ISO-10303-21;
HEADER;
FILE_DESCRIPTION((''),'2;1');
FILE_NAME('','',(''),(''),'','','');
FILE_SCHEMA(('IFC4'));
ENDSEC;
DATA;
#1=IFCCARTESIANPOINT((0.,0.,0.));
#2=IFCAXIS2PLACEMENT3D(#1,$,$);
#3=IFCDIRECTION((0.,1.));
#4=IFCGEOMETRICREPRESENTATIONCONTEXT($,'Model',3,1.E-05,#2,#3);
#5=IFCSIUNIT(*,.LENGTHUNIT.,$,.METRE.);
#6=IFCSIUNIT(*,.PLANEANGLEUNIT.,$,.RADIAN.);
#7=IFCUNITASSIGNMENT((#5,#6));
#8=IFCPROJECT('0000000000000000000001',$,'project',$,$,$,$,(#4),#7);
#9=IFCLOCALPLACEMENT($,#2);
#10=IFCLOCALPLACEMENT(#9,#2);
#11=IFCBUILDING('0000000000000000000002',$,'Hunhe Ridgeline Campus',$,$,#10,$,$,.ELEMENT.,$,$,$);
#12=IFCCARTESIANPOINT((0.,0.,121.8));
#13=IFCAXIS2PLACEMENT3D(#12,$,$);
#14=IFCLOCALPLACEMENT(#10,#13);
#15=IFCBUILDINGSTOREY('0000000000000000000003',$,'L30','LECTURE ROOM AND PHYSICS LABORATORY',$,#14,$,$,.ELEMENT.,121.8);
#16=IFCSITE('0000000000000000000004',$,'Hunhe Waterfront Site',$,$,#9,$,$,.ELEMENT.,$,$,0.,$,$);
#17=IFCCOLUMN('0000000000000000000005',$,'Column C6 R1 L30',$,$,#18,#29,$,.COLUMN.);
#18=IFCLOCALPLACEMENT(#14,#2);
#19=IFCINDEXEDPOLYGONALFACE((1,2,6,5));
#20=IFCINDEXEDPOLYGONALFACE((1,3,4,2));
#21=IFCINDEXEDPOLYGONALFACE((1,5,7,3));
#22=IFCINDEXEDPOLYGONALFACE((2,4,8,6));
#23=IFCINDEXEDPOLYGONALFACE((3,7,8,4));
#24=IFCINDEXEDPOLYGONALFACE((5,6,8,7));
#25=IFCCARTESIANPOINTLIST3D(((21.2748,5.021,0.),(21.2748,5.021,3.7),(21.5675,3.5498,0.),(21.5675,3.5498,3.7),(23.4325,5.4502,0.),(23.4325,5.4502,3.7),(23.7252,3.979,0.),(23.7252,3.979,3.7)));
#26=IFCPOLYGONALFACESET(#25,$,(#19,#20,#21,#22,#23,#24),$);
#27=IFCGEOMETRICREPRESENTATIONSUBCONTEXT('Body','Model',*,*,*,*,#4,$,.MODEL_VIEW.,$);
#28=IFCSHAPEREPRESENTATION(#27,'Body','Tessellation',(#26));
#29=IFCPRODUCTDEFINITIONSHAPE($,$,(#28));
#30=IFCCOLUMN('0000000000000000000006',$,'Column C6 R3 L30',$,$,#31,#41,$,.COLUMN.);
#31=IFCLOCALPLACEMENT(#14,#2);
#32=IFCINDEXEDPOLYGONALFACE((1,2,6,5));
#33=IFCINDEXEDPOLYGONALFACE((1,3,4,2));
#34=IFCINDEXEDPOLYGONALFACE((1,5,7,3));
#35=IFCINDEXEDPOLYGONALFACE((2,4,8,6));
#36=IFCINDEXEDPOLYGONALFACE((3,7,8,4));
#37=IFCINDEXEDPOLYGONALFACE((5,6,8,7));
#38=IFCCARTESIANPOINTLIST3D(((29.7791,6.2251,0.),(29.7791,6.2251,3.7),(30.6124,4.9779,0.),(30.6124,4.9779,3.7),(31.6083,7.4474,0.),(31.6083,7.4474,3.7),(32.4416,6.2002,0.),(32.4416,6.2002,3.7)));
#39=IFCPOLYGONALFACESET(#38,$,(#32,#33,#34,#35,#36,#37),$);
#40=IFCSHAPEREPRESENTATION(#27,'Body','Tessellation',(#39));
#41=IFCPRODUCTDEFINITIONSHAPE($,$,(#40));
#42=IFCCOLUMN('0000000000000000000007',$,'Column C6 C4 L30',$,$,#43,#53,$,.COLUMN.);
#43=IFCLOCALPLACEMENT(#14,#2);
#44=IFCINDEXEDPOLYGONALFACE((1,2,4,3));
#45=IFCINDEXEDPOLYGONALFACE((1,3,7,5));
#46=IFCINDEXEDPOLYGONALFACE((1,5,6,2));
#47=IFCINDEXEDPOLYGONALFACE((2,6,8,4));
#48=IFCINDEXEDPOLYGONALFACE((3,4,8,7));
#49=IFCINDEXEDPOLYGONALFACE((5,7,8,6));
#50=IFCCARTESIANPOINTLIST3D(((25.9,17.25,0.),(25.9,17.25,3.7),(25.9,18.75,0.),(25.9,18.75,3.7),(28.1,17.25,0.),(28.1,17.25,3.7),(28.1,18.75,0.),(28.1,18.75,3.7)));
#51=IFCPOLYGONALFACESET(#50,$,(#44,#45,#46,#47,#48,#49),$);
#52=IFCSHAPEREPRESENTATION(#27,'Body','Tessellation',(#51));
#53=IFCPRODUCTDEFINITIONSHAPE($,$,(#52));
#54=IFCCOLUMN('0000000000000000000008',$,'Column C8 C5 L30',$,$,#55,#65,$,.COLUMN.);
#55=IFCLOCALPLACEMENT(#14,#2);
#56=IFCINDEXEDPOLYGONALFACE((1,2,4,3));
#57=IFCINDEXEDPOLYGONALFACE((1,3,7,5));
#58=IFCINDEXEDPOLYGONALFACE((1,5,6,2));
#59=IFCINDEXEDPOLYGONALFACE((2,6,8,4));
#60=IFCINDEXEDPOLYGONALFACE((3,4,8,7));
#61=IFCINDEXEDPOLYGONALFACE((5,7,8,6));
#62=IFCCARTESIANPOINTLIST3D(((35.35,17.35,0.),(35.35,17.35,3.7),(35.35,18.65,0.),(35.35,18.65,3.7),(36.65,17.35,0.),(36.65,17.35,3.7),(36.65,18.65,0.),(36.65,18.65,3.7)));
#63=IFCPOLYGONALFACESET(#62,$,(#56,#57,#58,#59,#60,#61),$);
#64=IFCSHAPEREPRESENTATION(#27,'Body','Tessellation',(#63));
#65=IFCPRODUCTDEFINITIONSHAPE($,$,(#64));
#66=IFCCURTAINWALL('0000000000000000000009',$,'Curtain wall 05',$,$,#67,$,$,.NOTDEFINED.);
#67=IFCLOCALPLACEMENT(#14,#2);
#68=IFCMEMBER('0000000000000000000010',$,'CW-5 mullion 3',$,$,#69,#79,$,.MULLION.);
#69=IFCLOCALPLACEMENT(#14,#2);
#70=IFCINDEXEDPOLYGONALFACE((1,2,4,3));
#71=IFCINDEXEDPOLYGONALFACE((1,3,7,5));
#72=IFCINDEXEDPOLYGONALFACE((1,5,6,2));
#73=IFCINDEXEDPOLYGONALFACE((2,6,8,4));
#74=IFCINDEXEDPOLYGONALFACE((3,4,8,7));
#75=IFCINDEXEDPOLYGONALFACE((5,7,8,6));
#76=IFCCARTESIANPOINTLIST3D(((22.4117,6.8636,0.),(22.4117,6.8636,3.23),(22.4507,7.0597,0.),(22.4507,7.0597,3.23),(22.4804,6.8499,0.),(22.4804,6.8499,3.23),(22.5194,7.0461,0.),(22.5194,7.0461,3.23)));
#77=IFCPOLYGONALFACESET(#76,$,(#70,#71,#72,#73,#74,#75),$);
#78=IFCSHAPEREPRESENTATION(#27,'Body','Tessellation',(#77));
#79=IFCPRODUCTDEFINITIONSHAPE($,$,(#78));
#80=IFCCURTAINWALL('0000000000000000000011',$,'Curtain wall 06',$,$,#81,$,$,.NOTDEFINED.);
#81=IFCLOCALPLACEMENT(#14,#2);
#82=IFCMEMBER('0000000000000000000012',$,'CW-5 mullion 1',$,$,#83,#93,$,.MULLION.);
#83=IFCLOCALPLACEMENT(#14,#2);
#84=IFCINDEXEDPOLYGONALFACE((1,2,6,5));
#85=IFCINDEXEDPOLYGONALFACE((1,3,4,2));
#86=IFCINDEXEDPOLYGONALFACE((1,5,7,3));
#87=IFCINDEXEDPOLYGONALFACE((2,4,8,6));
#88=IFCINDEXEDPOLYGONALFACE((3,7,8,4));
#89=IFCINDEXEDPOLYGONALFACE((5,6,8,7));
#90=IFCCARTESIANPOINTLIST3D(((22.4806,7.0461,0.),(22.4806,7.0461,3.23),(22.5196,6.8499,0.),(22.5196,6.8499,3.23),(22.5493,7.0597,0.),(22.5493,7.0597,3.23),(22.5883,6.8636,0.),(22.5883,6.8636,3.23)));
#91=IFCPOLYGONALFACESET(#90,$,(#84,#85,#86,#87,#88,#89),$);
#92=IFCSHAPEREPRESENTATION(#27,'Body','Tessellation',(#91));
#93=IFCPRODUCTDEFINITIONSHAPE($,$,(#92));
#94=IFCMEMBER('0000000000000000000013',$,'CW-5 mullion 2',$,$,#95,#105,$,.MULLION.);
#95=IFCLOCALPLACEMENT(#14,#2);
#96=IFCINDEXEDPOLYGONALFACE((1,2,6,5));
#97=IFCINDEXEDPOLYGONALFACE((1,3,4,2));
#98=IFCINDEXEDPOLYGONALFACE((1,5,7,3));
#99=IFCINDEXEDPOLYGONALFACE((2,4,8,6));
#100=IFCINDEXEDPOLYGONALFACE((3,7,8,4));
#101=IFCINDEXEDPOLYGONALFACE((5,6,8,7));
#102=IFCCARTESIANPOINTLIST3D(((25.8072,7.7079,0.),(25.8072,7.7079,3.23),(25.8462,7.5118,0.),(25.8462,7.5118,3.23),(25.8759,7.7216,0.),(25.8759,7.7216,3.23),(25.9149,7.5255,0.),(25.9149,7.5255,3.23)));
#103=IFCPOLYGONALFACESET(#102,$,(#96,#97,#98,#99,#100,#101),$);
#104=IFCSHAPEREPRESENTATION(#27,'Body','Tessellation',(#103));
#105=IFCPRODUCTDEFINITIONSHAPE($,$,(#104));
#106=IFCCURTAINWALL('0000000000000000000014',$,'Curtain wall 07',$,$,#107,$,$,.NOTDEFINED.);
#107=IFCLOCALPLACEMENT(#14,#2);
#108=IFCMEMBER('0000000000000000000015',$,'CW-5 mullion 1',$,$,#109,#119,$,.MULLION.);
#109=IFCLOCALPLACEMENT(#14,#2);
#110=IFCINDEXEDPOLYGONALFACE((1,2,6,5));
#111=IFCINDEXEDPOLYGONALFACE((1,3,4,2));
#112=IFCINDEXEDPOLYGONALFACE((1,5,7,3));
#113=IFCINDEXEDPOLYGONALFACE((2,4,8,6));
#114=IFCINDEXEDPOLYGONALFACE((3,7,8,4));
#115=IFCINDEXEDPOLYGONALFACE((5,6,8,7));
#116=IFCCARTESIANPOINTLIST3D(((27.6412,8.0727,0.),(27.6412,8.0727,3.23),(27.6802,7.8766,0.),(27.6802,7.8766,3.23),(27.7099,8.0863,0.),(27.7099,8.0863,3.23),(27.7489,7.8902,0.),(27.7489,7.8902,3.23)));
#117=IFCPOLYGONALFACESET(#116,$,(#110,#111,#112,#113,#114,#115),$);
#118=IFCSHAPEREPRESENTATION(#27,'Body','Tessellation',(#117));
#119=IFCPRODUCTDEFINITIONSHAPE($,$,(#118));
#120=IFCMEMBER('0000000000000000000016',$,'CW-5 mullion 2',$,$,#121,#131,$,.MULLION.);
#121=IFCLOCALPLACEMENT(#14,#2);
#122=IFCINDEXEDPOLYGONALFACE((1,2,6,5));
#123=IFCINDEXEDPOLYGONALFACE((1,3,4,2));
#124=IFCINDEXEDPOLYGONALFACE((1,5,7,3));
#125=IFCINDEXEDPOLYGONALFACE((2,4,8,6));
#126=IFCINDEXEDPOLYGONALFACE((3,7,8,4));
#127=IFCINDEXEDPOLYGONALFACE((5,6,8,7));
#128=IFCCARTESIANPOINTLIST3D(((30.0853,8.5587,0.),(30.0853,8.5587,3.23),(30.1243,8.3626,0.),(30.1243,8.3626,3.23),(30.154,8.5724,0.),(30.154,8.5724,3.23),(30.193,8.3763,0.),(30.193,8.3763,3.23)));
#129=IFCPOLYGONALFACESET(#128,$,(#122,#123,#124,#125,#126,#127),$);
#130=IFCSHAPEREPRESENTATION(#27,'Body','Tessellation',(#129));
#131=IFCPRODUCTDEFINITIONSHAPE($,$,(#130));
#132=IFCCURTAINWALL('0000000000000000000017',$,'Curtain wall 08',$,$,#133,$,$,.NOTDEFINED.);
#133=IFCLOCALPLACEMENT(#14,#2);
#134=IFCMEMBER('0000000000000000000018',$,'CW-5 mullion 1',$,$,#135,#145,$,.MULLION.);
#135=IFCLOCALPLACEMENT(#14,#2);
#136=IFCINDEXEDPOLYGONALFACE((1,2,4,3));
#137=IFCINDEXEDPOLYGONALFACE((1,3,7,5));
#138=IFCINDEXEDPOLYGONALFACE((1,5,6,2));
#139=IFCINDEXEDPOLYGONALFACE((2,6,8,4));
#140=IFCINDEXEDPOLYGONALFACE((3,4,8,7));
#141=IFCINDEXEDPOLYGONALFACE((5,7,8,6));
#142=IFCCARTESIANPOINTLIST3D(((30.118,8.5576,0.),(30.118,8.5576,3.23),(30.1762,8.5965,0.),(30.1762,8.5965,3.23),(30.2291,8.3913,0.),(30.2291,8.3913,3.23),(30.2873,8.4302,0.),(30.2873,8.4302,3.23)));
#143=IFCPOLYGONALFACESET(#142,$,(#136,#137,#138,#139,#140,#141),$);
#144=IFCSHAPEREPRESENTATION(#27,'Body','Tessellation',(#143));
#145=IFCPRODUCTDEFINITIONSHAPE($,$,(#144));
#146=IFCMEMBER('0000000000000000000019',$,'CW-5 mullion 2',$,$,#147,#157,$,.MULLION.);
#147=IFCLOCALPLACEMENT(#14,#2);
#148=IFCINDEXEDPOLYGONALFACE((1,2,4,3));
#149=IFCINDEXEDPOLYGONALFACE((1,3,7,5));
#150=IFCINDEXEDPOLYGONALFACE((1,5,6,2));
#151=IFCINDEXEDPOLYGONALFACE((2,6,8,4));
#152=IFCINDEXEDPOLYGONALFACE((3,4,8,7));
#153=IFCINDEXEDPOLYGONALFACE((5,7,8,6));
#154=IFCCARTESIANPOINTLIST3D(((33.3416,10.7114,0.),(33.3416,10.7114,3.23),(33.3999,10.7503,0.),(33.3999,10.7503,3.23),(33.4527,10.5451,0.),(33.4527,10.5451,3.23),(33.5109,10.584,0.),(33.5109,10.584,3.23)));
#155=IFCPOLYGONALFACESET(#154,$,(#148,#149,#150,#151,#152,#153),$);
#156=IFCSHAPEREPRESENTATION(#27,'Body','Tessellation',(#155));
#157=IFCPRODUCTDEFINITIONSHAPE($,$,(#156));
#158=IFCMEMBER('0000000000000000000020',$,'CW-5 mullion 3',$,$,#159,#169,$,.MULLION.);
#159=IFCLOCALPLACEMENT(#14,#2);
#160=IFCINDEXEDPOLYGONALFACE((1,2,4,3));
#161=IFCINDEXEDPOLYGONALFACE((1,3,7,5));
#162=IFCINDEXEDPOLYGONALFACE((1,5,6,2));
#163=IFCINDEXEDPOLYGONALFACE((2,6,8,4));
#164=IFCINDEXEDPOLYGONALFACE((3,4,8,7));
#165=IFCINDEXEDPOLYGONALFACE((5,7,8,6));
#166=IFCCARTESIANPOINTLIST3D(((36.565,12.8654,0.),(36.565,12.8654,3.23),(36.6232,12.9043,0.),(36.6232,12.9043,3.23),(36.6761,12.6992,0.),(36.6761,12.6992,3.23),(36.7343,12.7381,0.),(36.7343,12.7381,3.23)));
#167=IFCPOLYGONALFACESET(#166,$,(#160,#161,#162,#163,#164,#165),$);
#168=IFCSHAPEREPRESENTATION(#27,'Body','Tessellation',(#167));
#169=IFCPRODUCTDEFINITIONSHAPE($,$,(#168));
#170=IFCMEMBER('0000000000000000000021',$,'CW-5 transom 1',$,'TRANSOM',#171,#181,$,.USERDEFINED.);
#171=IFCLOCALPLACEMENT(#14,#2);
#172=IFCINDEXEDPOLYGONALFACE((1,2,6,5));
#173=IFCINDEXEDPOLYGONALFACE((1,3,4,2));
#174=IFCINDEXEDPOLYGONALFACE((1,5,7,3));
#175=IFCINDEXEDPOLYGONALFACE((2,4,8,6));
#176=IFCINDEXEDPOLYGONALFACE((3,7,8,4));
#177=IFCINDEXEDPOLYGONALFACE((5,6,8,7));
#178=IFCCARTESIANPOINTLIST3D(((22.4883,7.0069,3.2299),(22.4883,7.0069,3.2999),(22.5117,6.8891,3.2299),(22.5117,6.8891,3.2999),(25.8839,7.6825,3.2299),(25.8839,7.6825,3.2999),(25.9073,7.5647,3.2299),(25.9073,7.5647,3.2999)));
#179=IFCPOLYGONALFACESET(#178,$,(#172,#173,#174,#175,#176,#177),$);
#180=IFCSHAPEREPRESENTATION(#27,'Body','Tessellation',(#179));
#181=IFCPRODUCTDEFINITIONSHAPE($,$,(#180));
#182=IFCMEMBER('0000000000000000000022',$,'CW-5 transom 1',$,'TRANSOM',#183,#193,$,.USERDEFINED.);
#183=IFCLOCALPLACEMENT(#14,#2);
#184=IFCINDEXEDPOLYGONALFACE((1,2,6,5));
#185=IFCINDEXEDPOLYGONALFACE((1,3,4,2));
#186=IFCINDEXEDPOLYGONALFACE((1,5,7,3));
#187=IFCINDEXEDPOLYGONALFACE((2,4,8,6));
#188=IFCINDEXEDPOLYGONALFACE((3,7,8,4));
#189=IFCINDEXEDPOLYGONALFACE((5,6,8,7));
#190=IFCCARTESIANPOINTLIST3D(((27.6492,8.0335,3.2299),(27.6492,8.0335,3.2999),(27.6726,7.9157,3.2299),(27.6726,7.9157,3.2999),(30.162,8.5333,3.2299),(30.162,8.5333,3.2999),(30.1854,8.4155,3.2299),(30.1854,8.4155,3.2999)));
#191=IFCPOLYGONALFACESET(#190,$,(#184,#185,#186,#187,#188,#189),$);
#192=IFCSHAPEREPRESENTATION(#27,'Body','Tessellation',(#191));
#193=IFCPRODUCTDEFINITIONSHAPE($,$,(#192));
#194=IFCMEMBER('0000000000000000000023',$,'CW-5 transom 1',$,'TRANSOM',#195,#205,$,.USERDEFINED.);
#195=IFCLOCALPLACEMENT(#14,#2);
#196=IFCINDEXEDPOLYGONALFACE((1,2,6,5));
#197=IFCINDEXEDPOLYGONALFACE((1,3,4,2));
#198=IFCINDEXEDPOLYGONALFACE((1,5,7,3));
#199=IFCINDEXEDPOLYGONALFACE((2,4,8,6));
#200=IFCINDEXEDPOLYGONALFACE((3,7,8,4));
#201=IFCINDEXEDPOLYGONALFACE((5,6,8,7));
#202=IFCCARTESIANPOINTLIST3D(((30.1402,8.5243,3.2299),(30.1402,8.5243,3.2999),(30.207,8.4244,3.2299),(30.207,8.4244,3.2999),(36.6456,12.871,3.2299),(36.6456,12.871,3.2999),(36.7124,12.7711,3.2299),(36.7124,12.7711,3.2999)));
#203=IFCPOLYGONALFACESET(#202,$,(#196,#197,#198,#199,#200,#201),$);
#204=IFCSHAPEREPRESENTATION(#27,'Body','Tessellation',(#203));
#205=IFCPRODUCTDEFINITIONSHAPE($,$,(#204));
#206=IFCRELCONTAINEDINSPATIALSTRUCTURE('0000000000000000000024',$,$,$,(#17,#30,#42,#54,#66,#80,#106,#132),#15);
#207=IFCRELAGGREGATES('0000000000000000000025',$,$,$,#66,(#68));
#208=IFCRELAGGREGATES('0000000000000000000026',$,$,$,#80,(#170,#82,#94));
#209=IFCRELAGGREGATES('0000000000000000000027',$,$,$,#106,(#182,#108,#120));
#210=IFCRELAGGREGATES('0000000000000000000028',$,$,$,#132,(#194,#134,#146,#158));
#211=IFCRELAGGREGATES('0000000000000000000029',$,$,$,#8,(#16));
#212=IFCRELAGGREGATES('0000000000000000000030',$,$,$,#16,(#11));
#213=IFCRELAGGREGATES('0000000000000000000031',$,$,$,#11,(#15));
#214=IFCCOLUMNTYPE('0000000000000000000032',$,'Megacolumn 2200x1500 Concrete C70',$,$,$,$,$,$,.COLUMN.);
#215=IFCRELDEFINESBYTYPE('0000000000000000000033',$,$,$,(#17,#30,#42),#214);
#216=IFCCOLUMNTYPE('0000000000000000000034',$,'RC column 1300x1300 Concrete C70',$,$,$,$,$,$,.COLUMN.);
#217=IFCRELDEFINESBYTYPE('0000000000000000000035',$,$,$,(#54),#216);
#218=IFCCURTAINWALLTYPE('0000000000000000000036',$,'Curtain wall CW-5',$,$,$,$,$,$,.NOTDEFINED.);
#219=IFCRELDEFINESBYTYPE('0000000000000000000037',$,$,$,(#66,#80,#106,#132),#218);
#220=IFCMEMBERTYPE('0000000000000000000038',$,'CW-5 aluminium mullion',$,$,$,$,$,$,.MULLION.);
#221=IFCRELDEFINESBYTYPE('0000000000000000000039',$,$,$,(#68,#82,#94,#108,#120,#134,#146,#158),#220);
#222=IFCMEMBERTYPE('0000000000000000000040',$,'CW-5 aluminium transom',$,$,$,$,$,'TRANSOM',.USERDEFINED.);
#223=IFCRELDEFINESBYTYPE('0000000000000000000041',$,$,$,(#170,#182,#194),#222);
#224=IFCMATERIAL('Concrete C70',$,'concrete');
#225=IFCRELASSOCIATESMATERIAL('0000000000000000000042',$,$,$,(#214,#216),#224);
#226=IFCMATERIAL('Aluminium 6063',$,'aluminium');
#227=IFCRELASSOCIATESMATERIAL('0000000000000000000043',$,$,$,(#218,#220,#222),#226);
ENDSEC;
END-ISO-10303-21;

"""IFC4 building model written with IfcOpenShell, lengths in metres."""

from ifc_helpers import new_model, si_unit, direction, frame, origin, origin_2d, place, context, subcontext, project, spatial, rectangle, extrude, material, material_profile, profile_set, type_object, element, aggregate, save


model = new_model("IFC4")

# Units and contexts
model_context = context("Model", 3, precision=1e-05, world=origin(), true_north=direction((0.0, 1.0)))
body_context = subcontext(model_context, "Body", "Model", "MODEL_VIEW")
ifc_project = project(units=[si_unit("LENGTHUNIT", "METRE"), si_unit("PLANEANGLEUNIT", "RADIAN")], contexts=[model_context])

# Site, building, storey
site_placement = place(None, origin())
site = spatial("IfcSite", under=ifc_project, at=site_placement, Name="Hunhe Waterfront Site", CompositionType="ELEMENT", RefElevation=0.0)
building_placement = place(site_placement, origin())
building = spatial("IfcBuilding", under=site, at=building_placement, Name="Hunhe Ridgeline Campus", CompositionType="ELEMENT")
storey_placement = place(building_placement, frame((0.0, 0.0, 121.8)))
storey = spatial("IfcBuildingStorey", under=building, at=storey_placement, Name="L30", Description="LECTURE ROOM AND PHYSICS LABORATORY", CompositionType="ELEMENT", Elevation=121.8)

# Columns
ifc_material_1 = material(Name="Concrete C70", Category="concrete")
ifc_material_profile_1 = material_profile(ifc_material_1, rectangle(XDim=2.2, YDim=1.5, at=origin_2d()))
ifc_profile_set_1 = profile_set([ifc_material_profile_1], Name="Concrete C70")
column_type_1 = type_object("IfcColumnType", Name="Megacolumn 2200x1500 Concrete C70", PredefinedType="COLUMN", material=ifc_profile_set_1)
for number, where, z_axis, x_axis, name in (
    (1, (22.5, 4.5, 0.0), (0.0, 0.0, 1.0), (0.980785, 0.19509, 0.0), "Column C6 R1 L30"),
    (2, (31.1104, 6.2126, 0.0), (0.0, 0.0, 1.0), (0.83147, 0.55557, 0.0), "Column C6 R3 L30"),
    (3, (27.0, 18.0, 0.0), (0.0, 0.0, 1.0), (1.0, 0.0, 0.0), "Column C6 C4 L30"),
):
    element("IfcColumn", number, at=place(storey_placement, frame(where, z_axis=z_axis, x_axis=x_axis)), inside=storey, type_object=column_type_1, Name=name, PredefinedType="COLUMN", context=body_context, shape_type="SweptSolid", body=[
        extrude(rectangle(XDim=2.2, YDim=1.5, at=origin_2d()), origin(), (0.0, 0.0, 1.0), 3.7),
    ])
ifc_material_profile_2 = material_profile(ifc_material_1, rectangle(XDim=1.3, YDim=1.3, at=origin_2d()))
ifc_profile_set_2 = profile_set([ifc_material_profile_2], Name="Concrete C70")
column_type_2 = type_object("IfcColumnType", Name="RC column 1300x1300 Concrete C70", PredefinedType="COLUMN", material=ifc_profile_set_2)
column_placement = place(storey_placement, frame((36.0, 18.0, 0.0), z_axis=(0.0, 0.0, 1.0), x_axis=(1.0, 0.0, 0.0)))
element("IfcColumn", 4, at=column_placement, inside=storey, type_object=column_type_2, Name="Column C8 C5 L30", PredefinedType="COLUMN", context=body_context, shape_type="SweptSolid", body=[
    extrude(rectangle(XDim=1.3, YDim=1.3, at=origin_2d()), origin(), (0.0, 0.0, 1.0), 3.7),
])

# Curtain wall, member
ifc_material_2 = material(Name="Aluminium 6063", Category="aluminium")
curtain_wall_type = type_object("IfcCurtainWallType", Name="Curtain wall CW-5", PredefinedType="NOTDEFINED", material=ifc_material_2)
curtain_wall_1_placement = place(storey_placement, origin())
curtain_wall_1 = element("IfcCurtainWall", 5, at=curtain_wall_1_placement, inside=storey, type_object=curtain_wall_type, Name="Curtain wall 05", PredefinedType="NOTDEFINED")
ifc_material_profile_3 = material_profile(ifc_material_2, rectangle(XDim=0.2, YDim=0.0701, at=origin_2d()))
ifc_profile_set_3 = profile_set([ifc_material_profile_3], Name="Aluminium 6063")
member_type_1 = type_object("IfcMemberType", Name="CW-5 aluminium mullion", PredefinedType="MULLION", material=ifc_profile_set_3)
member_1_placement = place(storey_placement, frame((22.4656, 6.9548, 0.0), z_axis=(0.0, 0.0, 1.0), x_axis=(0.19509, 0.980785, 0.0)))
member_1 = element("IfcMember", 6, at=member_1_placement, type_object=member_type_1, Name="CW-5 mullion 3", PredefinedType="MULLION", context=body_context, shape_type="SweptSolid", body=[
    extrude(rectangle(XDim=0.2, YDim=0.0701, at=origin_2d()), origin(), (0.0, 0.0, 1.0), 3.23),
])
aggregate(curtain_wall_1, [member_1])

# Curtain walls, members
curtain_wall_2_placement = place(storey_placement, origin())
curtain_wall_2 = element("IfcCurtainWall", 7, at=curtain_wall_2_placement, inside=storey, type_object=curtain_wall_type, Name="Curtain wall 06", PredefinedType="NOTDEFINED")
member_2_placement = place(storey_placement, frame((22.5344, 6.9548, 0.0), z_axis=(0.0, 0.0, 1.0), x_axis=(-0.19509, 0.980785, 0.0)))
member_2 = element("IfcMember", 8, at=member_2_placement, type_object=member_type_1, Name="CW-5 mullion 1", PredefinedType="MULLION", context=body_context, shape_type="SweptSolid", body=[
    extrude(rectangle(XDim=0.2, YDim=0.0701, at=origin_2d()), origin(), (0.0, 0.0, 1.0), 3.23),
])
member_3_placement = place(storey_placement, frame((25.8611, 7.6167, 0.0), z_axis=(0.0, 0.0, 1.0), x_axis=(-0.19509, 0.980785, 0.0)))
member_3 = element("IfcMember", 9, at=member_3_placement, type_object=member_type_1, Name="CW-5 mullion 2", PredefinedType="MULLION", context=body_context, shape_type="SweptSolid", body=[
    extrude(rectangle(XDim=0.2, YDim=0.0701, at=origin_2d()), origin(), (0.0, 0.0, 1.0), 3.23),
])
curtain_wall_3_placement = place(storey_placement, origin())
curtain_wall_3 = element("IfcCurtainWall", 10, at=curtain_wall_3_placement, inside=storey, type_object=curtain_wall_type, Name="Curtain wall 07", PredefinedType="NOTDEFINED")
member_4_placement = place(storey_placement, frame((27.6951, 7.9814, 0.0), z_axis=(0.0, 0.0, 1.0), x_axis=(-0.195091, 0.980785, 0.0)))
member_4 = element("IfcMember", 11, at=member_4_placement, type_object=member_type_1, Name="CW-5 mullion 1", PredefinedType="MULLION", context=body_context, shape_type="SweptSolid", body=[
    extrude(rectangle(XDim=0.2, YDim=0.0701, at=origin_2d()), origin(), (0.0, 0.0, 1.0), 3.23),
])
member_5_placement = place(storey_placement, frame((30.1392, 8.4675, 0.0), z_axis=(0.0, 0.0, 1.0), x_axis=(-0.195091, 0.980785, 0.0)))
member_5 = element("IfcMember", 12, at=member_5_placement, type_object=member_type_1, Name="CW-5 mullion 2", PredefinedType="MULLION", context=body_context, shape_type="SweptSolid", body=[
    extrude(rectangle(XDim=0.2, YDim=0.0701, at=origin_2d()), origin(), (0.0, 0.0, 1.0), 3.23),
])
curtain_wall_4_placement = place(storey_placement, origin())
curtain_wall_4 = element("IfcCurtainWall", 13, at=curtain_wall_4_placement, inside=storey, type_object=curtain_wall_type, Name="Curtain wall 08", PredefinedType="NOTDEFINED")
member_6_placement = place(storey_placement, frame((30.2026, 8.4939, 0.0), z_axis=(0.0, 0.0, 1.0), x_axis=(-0.55557, 0.83147, 0.0)))
member_6 = element("IfcMember", 14, at=member_6_placement, type_object=member_type_1, Name="CW-5 mullion 1", PredefinedType="MULLION", context=body_context, shape_type="SweptSolid", body=[
    extrude(rectangle(XDim=0.2, YDim=0.0701, at=origin_2d()), origin(), (0.0, 0.0, 1.0), 3.23),
])
member_7_placement = place(storey_placement, frame((33.4263, 10.6477, 0.0), z_axis=(0.0, 0.0, 1.0), x_axis=(-0.55557, 0.83147, 0.0)))
member_7 = element("IfcMember", 15, at=member_7_placement, type_object=member_type_1, Name="CW-5 mullion 2", PredefinedType="MULLION", context=body_context, shape_type="SweptSolid", body=[
    extrude(rectangle(XDim=0.2, YDim=0.0701, at=origin_2d()), origin(), (0.0, 0.0, 1.0), 3.23),
])
member_8_placement = place(storey_placement, frame((36.6497, 12.8018, 0.0), z_axis=(0.0, 0.0, 1.0), x_axis=(-0.55557, 0.83147, 0.0)))
member_8 = element("IfcMember", 16, at=member_8_placement, type_object=member_type_1, Name="CW-5 mullion 3", PredefinedType="MULLION", context=body_context, shape_type="SweptSolid", body=[
    extrude(rectangle(XDim=0.2, YDim=0.0701, at=origin_2d()), origin(), (0.0, 0.0, 1.0), 3.23),
])

# Members
ifc_material_profile_4 = material_profile(ifc_material_2, rectangle(XDim=0.1201, YDim=0.0701, at=origin_2d()))
ifc_profile_set_4 = profile_set([ifc_material_profile_4], Name="Aluminium 6063")
member_type_2 = type_object("IfcMemberType", Name="CW-5 aluminium transom", ElementType="TRANSOM", PredefinedType="USERDEFINED", material=ifc_profile_set_4)
member_9_placement = place(storey_placement, frame((22.5, 6.948, 3.2649), z_axis=(0.980778, 0.195126, 0.0), x_axis=(-0.195126, 0.980778, 0.0)))
member_9 = element("IfcMember", 17, at=member_9_placement, type_object=member_type_2, Name="CW-5 transom 1", ObjectType="TRANSOM", PredefinedType="USERDEFINED", context=body_context, shape_type="SweptSolid", body=[
    extrude(rectangle(XDim=0.1201, YDim=0.0701, at=origin_2d()), origin(), (0.0, 0.0, 1.0), 3.4622),
])
member_10_placement = place(storey_placement, frame((27.6609, 7.9746, 3.2649), z_axis=(0.980789, 0.195071, 0.0), x_axis=(-0.195071, 0.980789, 0.0)))
member_10 = element("IfcMember", 18, at=member_10_placement, type_object=member_type_2, Name="CW-5 transom 1", ObjectType="TRANSOM", PredefinedType="USERDEFINED", context=body_context, shape_type="SweptSolid", body=[
    extrude(rectangle(XDim=0.1201, YDim=0.0701, at=origin_2d()), origin(), (0.0, 0.0, 1.0), 2.562),
])
member_11_placement = place(storey_placement, frame((30.1736, 8.4744, 3.2649), z_axis=(0.831474, 0.555564, 0.0), x_axis=(-0.555564, 0.831474, 0.0)))
member_11 = element("IfcMember", 19, at=member_11_placement, type_object=member_type_2, Name="CW-5 transom 1", ObjectType="TRANSOM", PredefinedType="USERDEFINED", context=body_context, shape_type="SweptSolid", body=[
    extrude(rectangle(XDim=0.1201, YDim=0.0701, at=origin_2d()), origin(), (0.0, 0.0, 1.0), 7.824),
])

aggregate(curtain_wall_2, [member_9, member_2, member_3])
aggregate(curtain_wall_3, [member_10, member_4, member_5])
aggregate(curtain_wall_4, [member_11, member_6, member_7, member_8])

save(model, "model.ifc")
